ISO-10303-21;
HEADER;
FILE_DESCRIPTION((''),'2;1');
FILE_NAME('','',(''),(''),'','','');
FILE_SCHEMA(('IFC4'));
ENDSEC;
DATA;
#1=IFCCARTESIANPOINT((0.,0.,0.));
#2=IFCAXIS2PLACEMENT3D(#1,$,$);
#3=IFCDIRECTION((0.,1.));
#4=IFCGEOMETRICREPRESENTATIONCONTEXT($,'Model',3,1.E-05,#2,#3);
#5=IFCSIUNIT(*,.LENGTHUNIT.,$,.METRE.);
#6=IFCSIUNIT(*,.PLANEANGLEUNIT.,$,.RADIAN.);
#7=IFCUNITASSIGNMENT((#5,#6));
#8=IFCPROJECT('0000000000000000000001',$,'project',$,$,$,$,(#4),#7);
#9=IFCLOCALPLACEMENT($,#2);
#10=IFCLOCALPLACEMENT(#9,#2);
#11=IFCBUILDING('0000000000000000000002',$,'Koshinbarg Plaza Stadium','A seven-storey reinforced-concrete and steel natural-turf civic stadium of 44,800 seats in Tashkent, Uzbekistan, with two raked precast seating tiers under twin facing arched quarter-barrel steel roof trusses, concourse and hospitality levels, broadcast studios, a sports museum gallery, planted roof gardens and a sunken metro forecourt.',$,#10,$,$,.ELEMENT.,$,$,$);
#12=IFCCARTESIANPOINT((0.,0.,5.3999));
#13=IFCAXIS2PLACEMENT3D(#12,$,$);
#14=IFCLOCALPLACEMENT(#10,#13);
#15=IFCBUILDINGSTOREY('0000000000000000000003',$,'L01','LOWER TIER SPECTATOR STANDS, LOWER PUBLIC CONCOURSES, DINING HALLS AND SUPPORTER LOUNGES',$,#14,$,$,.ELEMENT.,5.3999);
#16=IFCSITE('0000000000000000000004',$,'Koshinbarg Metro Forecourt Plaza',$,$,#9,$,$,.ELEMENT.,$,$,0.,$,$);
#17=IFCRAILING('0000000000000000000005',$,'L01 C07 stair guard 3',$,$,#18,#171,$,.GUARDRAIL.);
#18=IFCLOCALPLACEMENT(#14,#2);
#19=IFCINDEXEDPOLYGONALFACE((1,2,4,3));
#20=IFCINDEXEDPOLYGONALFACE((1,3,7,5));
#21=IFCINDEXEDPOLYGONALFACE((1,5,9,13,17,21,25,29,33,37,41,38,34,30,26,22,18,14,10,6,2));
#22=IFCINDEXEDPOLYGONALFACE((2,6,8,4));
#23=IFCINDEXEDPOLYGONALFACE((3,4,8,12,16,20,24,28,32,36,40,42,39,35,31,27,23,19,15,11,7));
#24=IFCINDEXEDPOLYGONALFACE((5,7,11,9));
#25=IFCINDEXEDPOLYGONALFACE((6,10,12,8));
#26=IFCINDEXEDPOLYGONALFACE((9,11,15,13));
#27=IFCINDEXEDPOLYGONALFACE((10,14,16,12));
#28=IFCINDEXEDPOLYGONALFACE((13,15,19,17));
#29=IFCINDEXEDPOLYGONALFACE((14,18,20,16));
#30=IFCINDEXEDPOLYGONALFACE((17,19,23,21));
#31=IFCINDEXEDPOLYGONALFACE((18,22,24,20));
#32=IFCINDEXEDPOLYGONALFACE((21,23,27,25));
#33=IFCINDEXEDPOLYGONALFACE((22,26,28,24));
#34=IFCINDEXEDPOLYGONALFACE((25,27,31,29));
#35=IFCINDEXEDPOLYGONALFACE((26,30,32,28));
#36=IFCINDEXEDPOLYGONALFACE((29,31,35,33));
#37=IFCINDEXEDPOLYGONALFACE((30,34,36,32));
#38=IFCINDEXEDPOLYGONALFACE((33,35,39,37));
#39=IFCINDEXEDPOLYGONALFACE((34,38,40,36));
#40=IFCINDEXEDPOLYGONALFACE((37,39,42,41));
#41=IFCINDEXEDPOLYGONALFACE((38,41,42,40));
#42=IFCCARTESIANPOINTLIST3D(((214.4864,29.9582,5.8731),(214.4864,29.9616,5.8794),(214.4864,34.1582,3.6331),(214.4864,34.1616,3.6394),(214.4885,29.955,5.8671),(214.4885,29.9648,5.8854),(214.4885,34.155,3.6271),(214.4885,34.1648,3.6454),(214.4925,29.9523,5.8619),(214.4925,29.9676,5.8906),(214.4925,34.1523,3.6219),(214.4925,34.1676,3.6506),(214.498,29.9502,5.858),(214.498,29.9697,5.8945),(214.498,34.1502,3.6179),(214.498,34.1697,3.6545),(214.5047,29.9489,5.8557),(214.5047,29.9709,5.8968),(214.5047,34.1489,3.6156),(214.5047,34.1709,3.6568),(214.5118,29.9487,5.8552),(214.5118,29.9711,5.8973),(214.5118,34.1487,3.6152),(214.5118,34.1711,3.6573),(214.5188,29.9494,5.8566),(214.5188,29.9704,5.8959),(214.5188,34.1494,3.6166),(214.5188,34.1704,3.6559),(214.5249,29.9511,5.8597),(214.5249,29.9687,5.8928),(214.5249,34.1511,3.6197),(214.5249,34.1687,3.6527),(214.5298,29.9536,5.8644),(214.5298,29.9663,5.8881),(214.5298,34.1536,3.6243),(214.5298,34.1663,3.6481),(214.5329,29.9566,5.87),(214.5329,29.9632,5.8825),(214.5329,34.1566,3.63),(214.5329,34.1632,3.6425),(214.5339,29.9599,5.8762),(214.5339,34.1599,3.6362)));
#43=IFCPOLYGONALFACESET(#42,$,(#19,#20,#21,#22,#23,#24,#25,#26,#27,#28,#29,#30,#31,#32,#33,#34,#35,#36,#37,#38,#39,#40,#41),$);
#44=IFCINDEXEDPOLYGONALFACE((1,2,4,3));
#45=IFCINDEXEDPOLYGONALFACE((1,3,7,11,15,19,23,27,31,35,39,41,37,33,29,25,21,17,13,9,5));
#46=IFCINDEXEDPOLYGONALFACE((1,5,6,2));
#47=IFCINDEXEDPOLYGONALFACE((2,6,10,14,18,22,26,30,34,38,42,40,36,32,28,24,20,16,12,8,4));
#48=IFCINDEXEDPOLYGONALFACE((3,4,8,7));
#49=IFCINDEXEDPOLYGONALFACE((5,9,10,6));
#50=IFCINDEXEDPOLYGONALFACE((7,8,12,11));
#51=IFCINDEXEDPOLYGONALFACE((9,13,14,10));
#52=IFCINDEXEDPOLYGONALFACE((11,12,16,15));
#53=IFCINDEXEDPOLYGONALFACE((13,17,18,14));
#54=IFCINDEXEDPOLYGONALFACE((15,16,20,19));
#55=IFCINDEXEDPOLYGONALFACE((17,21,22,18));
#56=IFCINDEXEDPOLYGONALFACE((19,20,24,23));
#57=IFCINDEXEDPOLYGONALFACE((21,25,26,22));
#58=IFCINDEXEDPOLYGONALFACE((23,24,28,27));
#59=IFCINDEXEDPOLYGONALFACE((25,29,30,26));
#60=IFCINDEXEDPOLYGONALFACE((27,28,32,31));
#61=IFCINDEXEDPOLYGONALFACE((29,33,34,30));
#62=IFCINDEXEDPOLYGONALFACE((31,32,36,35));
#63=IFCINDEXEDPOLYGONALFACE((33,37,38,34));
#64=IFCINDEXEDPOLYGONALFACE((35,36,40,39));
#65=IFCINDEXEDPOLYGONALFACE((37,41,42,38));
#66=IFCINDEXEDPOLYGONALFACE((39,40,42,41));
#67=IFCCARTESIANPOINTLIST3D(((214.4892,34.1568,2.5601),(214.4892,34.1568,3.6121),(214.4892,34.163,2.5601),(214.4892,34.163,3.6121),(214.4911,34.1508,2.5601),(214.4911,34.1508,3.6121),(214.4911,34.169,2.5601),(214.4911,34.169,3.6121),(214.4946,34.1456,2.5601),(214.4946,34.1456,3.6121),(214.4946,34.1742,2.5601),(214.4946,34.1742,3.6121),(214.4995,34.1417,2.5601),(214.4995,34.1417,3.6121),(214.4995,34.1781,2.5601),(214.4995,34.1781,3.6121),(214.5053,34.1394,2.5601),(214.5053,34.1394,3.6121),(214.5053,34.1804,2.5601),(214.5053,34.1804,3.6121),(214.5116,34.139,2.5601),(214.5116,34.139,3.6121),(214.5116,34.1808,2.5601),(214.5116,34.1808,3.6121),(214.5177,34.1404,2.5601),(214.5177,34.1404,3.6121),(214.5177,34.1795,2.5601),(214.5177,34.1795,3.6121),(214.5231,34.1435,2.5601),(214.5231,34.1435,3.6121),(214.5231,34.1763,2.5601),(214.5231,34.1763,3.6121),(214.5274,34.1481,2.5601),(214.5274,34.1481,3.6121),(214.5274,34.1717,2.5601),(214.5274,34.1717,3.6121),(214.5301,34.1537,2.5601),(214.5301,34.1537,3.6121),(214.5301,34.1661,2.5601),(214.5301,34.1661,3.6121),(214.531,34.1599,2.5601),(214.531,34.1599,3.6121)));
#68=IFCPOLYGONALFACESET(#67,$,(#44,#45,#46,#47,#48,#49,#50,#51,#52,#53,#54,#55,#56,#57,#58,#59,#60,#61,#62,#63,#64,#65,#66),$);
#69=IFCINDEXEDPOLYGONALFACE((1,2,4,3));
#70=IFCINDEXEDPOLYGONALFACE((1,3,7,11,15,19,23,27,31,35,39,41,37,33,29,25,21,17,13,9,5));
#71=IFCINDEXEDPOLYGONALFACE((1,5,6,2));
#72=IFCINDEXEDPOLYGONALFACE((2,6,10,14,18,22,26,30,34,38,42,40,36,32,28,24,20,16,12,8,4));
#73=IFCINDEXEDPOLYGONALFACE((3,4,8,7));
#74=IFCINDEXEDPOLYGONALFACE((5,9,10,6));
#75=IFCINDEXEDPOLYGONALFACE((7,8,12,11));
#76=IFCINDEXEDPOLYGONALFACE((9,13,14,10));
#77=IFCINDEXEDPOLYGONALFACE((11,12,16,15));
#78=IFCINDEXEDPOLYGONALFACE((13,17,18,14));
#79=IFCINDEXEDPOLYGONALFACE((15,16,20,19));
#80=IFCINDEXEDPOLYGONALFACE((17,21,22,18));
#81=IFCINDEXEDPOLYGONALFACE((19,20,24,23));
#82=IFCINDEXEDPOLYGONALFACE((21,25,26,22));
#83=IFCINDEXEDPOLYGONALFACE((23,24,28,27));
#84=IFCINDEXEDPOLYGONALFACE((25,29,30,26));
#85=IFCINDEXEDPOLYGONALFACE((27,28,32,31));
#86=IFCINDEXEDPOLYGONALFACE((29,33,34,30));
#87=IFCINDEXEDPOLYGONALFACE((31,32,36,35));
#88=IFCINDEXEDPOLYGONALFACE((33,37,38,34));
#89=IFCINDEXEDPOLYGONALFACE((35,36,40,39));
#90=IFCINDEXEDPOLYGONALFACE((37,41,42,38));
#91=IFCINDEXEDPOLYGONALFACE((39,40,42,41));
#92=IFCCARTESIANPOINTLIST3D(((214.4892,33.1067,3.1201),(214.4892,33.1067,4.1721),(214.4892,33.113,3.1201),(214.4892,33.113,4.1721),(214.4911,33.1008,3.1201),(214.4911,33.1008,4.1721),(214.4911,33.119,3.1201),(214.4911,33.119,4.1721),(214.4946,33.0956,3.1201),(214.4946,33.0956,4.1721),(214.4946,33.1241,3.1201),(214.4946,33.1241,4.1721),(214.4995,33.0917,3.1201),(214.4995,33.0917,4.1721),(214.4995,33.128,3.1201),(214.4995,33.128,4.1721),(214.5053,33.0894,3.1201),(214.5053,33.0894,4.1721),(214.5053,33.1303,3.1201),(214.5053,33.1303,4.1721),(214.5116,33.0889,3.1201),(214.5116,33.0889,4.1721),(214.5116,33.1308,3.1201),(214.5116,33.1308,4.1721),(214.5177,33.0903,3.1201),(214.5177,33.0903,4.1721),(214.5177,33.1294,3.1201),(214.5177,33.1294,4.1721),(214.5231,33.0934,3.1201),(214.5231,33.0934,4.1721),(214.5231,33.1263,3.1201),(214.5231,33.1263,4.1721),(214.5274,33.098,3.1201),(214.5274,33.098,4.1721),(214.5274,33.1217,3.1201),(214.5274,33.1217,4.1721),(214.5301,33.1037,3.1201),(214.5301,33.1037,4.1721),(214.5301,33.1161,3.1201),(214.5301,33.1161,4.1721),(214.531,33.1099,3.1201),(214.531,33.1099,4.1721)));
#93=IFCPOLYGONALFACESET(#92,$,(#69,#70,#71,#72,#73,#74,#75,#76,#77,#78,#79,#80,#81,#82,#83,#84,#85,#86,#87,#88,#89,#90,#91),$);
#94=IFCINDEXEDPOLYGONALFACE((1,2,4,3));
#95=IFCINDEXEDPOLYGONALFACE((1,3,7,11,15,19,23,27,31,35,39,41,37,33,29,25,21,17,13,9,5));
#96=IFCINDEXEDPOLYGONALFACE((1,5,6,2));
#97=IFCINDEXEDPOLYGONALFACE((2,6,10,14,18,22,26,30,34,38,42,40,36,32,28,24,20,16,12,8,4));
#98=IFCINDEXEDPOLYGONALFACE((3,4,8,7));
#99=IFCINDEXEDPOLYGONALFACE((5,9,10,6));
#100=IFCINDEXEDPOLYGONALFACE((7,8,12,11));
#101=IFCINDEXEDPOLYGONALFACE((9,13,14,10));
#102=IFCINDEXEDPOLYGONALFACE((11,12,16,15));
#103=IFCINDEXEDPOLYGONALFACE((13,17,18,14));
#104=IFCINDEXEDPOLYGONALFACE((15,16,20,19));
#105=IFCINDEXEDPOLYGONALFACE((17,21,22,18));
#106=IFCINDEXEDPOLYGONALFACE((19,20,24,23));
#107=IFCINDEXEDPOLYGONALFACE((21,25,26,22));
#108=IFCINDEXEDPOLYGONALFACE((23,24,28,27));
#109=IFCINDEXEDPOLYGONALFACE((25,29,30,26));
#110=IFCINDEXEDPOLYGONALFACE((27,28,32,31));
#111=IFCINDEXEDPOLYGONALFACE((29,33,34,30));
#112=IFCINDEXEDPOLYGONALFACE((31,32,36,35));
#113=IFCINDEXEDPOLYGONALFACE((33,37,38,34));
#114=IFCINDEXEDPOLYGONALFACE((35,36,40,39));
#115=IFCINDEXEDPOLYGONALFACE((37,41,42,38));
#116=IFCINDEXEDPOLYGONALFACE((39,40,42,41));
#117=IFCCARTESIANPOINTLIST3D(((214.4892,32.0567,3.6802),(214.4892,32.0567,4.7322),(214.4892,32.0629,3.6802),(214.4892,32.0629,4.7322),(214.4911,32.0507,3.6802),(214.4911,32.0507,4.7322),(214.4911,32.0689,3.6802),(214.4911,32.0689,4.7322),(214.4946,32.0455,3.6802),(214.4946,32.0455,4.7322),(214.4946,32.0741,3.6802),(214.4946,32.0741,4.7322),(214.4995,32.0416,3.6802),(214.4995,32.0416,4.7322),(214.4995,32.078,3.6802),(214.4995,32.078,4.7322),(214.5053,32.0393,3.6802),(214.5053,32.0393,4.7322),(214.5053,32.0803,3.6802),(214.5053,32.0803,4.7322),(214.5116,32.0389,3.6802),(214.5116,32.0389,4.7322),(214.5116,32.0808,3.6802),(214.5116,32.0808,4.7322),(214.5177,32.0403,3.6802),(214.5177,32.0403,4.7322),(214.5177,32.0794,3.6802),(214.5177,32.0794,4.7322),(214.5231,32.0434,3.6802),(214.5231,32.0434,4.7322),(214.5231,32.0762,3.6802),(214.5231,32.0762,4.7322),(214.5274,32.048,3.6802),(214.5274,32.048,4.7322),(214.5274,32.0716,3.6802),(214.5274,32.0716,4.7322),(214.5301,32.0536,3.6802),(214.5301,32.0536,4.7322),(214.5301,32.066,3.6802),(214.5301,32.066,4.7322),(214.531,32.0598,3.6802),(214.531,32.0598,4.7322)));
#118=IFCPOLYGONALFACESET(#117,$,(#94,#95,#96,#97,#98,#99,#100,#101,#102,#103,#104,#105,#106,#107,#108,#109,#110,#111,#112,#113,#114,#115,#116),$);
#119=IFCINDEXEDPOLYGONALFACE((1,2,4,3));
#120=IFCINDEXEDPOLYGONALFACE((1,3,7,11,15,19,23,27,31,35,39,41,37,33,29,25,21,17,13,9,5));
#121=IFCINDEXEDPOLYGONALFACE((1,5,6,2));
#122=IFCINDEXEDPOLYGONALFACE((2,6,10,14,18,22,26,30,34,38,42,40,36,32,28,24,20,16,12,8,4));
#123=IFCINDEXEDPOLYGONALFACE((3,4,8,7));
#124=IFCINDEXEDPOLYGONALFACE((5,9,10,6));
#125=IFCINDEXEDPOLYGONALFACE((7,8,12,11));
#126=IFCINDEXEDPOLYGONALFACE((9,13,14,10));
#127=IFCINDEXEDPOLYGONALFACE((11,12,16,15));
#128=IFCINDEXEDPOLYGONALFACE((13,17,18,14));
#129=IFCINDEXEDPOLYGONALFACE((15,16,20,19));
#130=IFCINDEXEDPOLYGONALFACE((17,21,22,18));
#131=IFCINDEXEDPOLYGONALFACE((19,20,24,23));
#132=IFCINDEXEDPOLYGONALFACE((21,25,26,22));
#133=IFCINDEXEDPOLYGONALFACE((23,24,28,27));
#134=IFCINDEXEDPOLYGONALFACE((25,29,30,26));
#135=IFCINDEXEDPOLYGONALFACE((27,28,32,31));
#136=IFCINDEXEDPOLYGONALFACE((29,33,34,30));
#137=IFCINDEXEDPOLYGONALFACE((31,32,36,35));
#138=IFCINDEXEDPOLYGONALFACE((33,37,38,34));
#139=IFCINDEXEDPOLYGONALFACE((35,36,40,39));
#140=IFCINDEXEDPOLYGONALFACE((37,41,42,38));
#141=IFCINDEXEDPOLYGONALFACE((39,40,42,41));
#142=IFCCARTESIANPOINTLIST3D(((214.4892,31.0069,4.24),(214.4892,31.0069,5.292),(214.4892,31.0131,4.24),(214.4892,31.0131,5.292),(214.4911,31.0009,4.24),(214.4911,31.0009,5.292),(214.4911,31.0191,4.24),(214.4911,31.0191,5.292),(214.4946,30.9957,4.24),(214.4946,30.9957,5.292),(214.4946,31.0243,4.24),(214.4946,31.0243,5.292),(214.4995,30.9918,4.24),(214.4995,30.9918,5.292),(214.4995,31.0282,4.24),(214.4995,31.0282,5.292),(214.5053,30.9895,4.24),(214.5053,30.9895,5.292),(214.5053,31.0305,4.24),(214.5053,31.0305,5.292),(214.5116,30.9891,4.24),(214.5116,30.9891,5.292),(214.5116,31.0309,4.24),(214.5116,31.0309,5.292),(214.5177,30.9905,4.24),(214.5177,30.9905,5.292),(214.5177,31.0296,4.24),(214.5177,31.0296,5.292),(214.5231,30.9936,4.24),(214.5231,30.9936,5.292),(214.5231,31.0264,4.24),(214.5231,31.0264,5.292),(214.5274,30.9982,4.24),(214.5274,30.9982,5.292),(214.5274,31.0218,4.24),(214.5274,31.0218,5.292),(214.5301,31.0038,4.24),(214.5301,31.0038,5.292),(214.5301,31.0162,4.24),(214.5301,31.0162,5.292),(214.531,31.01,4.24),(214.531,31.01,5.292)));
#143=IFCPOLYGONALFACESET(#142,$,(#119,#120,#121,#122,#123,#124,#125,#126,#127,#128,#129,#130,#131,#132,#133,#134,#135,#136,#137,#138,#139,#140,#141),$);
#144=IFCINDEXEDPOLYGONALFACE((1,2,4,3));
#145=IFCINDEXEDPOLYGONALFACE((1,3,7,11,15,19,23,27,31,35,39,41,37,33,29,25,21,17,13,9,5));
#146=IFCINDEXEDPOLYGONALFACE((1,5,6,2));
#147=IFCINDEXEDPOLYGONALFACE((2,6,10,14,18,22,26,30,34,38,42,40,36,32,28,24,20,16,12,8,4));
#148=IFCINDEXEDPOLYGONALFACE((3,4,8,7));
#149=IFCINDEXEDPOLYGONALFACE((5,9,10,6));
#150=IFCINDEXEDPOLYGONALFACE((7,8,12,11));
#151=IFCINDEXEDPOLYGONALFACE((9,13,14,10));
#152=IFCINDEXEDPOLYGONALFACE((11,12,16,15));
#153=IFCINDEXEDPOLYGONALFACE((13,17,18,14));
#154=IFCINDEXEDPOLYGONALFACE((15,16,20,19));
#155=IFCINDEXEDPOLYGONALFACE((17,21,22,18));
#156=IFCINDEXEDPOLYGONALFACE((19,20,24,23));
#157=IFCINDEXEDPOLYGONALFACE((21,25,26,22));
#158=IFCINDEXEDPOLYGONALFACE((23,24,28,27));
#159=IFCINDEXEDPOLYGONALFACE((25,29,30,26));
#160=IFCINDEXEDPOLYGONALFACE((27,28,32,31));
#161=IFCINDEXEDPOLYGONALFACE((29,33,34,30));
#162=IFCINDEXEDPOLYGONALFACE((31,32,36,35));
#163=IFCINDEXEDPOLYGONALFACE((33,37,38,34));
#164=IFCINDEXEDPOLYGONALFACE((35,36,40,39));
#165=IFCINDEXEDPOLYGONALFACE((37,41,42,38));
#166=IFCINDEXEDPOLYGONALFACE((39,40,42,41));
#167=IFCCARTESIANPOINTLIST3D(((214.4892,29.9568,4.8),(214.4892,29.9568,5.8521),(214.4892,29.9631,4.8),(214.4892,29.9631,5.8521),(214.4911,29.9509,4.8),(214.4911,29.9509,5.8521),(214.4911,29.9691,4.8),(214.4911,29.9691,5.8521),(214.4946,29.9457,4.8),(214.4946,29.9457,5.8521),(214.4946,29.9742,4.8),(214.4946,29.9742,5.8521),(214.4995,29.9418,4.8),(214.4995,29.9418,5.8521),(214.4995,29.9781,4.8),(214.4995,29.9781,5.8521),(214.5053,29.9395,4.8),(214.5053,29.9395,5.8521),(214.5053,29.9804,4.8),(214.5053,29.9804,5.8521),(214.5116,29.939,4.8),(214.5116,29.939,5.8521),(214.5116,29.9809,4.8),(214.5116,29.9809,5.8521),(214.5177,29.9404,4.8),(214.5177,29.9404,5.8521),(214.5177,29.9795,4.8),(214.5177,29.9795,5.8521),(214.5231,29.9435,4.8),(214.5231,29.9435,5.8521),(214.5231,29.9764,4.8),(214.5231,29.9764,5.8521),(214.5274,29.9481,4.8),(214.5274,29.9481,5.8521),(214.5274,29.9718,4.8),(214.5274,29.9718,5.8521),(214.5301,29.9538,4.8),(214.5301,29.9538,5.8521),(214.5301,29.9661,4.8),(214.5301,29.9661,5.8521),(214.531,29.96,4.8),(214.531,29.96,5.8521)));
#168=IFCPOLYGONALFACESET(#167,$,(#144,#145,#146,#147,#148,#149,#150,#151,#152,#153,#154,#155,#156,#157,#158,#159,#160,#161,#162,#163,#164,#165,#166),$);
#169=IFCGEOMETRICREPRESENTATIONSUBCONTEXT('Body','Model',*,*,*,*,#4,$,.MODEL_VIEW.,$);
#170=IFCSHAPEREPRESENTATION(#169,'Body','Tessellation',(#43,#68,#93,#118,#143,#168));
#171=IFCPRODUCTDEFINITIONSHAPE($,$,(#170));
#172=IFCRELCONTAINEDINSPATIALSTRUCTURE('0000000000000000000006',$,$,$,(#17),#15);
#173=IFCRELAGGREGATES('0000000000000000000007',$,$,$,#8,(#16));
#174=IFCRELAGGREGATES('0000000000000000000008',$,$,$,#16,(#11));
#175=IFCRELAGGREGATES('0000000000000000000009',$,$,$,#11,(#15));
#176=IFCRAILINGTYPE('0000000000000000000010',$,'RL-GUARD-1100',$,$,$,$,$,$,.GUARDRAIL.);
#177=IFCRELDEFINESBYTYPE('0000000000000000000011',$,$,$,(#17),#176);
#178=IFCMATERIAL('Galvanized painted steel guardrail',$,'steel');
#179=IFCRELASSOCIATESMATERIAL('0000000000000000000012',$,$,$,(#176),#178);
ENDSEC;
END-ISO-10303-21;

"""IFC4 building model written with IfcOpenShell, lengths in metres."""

from ifc_helpers import new_model, si_unit, direction, frame, origin, origin_2d, place, context, subcontext, project, spatial, circle, extrude, material, type_object, element, save


model = new_model("IFC4")

# Units and contexts
model_context = context("Model", 3, precision=1e-05, world=origin(), true_north=direction((0.0, 1.0)))
body_context = subcontext(model_context, "Body", "Model", "MODEL_VIEW")
ifc_project = project(units=[si_unit("LENGTHUNIT", "METRE"), si_unit("PLANEANGLEUNIT", "RADIAN")], contexts=[model_context])

# Site, building, storey
site_placement = place(None, origin())
site = spatial("IfcSite", under=ifc_project, at=site_placement, Name="Koshinbarg Metro Forecourt Plaza", CompositionType="ELEMENT", RefElevation=0.0)
building_placement = place(site_placement, origin())
building = spatial("IfcBuilding", under=site, at=building_placement, Name="Koshinbarg Plaza Stadium", Description="A seven-storey reinforced-concrete and steel natural-turf civic stadium of 44,800 seats in Tashkent, Uzbekistan, with two raked precast seating tiers under twin facing arched quarter-barrel steel roof trusses, concourse and hospitality levels, broadcast studios, a sports museum gallery, planted roof gardens and a sunken metro forecourt.", CompositionType="ELEMENT")
storey_placement = place(building_placement, frame((0.0, 0.0, 5.3999)))
storey = spatial("IfcBuildingStorey", under=building, at=storey_placement, Name="L01", Description="LOWER TIER SPECTATOR STANDS, LOWER PUBLIC CONCOURSES, DINING HALLS AND SUPPORTER LOUNGES", CompositionType="ELEMENT", Elevation=5.3999)

# Railing
ifc_material_1 = material(Name="Galvanized painted steel guardrail", Category="steel")
railing_type_1 = type_object("IfcRailingType", Name="RL-GUARD-1100", PredefinedType="GUARDRAIL", material=ifc_material_1)
railing_1_placement = place(storey_placement, frame((214.51, 34.1599, 2.5601)))
element("IfcRailing", 1, at=railing_1_placement, inside=storey, type_object=railing_type_1, Name="L01 C07 stair guard 3", PredefinedType="GUARDRAIL", context=body_context, shape_type="SweptSolid", body=[
    extrude(circle(Radius=0.0239, at=origin_2d()), frame((0.0, 0.0, 1.0762), z_axis=(0.0, -0.882352, 0.470591), x_axis=(1.0, 0.0, 0.0)), (0.0, 0.0, 1.0), 4.76),
    extrude(circle(Radius=0.021, at=origin_2d()), origin(), (0.0, 0.0, 1.0), 1.052),
    extrude(circle(Radius=0.021, at=origin_2d()), frame((0.0, -1.05, 0.5601)), (0.0, 0.0, 1.0), 1.052),
    extrude(circle(Radius=0.021, at=origin_2d()), frame((0.0, -2.1001, 1.1201)), (0.0, 0.0, 1.0), 1.052),
    extrude(circle(Radius=0.021, at=origin_2d()), frame((0.0, -3.1499, 1.6799)), (0.0, 0.0, 1.0), 1.052),
    extrude(circle(Radius=0.021, at=origin_2d()), frame((0.0, -4.2, 2.24)), (0.0, 0.0, 1.0), 1.052),
])

save(model, "model.ifc")
